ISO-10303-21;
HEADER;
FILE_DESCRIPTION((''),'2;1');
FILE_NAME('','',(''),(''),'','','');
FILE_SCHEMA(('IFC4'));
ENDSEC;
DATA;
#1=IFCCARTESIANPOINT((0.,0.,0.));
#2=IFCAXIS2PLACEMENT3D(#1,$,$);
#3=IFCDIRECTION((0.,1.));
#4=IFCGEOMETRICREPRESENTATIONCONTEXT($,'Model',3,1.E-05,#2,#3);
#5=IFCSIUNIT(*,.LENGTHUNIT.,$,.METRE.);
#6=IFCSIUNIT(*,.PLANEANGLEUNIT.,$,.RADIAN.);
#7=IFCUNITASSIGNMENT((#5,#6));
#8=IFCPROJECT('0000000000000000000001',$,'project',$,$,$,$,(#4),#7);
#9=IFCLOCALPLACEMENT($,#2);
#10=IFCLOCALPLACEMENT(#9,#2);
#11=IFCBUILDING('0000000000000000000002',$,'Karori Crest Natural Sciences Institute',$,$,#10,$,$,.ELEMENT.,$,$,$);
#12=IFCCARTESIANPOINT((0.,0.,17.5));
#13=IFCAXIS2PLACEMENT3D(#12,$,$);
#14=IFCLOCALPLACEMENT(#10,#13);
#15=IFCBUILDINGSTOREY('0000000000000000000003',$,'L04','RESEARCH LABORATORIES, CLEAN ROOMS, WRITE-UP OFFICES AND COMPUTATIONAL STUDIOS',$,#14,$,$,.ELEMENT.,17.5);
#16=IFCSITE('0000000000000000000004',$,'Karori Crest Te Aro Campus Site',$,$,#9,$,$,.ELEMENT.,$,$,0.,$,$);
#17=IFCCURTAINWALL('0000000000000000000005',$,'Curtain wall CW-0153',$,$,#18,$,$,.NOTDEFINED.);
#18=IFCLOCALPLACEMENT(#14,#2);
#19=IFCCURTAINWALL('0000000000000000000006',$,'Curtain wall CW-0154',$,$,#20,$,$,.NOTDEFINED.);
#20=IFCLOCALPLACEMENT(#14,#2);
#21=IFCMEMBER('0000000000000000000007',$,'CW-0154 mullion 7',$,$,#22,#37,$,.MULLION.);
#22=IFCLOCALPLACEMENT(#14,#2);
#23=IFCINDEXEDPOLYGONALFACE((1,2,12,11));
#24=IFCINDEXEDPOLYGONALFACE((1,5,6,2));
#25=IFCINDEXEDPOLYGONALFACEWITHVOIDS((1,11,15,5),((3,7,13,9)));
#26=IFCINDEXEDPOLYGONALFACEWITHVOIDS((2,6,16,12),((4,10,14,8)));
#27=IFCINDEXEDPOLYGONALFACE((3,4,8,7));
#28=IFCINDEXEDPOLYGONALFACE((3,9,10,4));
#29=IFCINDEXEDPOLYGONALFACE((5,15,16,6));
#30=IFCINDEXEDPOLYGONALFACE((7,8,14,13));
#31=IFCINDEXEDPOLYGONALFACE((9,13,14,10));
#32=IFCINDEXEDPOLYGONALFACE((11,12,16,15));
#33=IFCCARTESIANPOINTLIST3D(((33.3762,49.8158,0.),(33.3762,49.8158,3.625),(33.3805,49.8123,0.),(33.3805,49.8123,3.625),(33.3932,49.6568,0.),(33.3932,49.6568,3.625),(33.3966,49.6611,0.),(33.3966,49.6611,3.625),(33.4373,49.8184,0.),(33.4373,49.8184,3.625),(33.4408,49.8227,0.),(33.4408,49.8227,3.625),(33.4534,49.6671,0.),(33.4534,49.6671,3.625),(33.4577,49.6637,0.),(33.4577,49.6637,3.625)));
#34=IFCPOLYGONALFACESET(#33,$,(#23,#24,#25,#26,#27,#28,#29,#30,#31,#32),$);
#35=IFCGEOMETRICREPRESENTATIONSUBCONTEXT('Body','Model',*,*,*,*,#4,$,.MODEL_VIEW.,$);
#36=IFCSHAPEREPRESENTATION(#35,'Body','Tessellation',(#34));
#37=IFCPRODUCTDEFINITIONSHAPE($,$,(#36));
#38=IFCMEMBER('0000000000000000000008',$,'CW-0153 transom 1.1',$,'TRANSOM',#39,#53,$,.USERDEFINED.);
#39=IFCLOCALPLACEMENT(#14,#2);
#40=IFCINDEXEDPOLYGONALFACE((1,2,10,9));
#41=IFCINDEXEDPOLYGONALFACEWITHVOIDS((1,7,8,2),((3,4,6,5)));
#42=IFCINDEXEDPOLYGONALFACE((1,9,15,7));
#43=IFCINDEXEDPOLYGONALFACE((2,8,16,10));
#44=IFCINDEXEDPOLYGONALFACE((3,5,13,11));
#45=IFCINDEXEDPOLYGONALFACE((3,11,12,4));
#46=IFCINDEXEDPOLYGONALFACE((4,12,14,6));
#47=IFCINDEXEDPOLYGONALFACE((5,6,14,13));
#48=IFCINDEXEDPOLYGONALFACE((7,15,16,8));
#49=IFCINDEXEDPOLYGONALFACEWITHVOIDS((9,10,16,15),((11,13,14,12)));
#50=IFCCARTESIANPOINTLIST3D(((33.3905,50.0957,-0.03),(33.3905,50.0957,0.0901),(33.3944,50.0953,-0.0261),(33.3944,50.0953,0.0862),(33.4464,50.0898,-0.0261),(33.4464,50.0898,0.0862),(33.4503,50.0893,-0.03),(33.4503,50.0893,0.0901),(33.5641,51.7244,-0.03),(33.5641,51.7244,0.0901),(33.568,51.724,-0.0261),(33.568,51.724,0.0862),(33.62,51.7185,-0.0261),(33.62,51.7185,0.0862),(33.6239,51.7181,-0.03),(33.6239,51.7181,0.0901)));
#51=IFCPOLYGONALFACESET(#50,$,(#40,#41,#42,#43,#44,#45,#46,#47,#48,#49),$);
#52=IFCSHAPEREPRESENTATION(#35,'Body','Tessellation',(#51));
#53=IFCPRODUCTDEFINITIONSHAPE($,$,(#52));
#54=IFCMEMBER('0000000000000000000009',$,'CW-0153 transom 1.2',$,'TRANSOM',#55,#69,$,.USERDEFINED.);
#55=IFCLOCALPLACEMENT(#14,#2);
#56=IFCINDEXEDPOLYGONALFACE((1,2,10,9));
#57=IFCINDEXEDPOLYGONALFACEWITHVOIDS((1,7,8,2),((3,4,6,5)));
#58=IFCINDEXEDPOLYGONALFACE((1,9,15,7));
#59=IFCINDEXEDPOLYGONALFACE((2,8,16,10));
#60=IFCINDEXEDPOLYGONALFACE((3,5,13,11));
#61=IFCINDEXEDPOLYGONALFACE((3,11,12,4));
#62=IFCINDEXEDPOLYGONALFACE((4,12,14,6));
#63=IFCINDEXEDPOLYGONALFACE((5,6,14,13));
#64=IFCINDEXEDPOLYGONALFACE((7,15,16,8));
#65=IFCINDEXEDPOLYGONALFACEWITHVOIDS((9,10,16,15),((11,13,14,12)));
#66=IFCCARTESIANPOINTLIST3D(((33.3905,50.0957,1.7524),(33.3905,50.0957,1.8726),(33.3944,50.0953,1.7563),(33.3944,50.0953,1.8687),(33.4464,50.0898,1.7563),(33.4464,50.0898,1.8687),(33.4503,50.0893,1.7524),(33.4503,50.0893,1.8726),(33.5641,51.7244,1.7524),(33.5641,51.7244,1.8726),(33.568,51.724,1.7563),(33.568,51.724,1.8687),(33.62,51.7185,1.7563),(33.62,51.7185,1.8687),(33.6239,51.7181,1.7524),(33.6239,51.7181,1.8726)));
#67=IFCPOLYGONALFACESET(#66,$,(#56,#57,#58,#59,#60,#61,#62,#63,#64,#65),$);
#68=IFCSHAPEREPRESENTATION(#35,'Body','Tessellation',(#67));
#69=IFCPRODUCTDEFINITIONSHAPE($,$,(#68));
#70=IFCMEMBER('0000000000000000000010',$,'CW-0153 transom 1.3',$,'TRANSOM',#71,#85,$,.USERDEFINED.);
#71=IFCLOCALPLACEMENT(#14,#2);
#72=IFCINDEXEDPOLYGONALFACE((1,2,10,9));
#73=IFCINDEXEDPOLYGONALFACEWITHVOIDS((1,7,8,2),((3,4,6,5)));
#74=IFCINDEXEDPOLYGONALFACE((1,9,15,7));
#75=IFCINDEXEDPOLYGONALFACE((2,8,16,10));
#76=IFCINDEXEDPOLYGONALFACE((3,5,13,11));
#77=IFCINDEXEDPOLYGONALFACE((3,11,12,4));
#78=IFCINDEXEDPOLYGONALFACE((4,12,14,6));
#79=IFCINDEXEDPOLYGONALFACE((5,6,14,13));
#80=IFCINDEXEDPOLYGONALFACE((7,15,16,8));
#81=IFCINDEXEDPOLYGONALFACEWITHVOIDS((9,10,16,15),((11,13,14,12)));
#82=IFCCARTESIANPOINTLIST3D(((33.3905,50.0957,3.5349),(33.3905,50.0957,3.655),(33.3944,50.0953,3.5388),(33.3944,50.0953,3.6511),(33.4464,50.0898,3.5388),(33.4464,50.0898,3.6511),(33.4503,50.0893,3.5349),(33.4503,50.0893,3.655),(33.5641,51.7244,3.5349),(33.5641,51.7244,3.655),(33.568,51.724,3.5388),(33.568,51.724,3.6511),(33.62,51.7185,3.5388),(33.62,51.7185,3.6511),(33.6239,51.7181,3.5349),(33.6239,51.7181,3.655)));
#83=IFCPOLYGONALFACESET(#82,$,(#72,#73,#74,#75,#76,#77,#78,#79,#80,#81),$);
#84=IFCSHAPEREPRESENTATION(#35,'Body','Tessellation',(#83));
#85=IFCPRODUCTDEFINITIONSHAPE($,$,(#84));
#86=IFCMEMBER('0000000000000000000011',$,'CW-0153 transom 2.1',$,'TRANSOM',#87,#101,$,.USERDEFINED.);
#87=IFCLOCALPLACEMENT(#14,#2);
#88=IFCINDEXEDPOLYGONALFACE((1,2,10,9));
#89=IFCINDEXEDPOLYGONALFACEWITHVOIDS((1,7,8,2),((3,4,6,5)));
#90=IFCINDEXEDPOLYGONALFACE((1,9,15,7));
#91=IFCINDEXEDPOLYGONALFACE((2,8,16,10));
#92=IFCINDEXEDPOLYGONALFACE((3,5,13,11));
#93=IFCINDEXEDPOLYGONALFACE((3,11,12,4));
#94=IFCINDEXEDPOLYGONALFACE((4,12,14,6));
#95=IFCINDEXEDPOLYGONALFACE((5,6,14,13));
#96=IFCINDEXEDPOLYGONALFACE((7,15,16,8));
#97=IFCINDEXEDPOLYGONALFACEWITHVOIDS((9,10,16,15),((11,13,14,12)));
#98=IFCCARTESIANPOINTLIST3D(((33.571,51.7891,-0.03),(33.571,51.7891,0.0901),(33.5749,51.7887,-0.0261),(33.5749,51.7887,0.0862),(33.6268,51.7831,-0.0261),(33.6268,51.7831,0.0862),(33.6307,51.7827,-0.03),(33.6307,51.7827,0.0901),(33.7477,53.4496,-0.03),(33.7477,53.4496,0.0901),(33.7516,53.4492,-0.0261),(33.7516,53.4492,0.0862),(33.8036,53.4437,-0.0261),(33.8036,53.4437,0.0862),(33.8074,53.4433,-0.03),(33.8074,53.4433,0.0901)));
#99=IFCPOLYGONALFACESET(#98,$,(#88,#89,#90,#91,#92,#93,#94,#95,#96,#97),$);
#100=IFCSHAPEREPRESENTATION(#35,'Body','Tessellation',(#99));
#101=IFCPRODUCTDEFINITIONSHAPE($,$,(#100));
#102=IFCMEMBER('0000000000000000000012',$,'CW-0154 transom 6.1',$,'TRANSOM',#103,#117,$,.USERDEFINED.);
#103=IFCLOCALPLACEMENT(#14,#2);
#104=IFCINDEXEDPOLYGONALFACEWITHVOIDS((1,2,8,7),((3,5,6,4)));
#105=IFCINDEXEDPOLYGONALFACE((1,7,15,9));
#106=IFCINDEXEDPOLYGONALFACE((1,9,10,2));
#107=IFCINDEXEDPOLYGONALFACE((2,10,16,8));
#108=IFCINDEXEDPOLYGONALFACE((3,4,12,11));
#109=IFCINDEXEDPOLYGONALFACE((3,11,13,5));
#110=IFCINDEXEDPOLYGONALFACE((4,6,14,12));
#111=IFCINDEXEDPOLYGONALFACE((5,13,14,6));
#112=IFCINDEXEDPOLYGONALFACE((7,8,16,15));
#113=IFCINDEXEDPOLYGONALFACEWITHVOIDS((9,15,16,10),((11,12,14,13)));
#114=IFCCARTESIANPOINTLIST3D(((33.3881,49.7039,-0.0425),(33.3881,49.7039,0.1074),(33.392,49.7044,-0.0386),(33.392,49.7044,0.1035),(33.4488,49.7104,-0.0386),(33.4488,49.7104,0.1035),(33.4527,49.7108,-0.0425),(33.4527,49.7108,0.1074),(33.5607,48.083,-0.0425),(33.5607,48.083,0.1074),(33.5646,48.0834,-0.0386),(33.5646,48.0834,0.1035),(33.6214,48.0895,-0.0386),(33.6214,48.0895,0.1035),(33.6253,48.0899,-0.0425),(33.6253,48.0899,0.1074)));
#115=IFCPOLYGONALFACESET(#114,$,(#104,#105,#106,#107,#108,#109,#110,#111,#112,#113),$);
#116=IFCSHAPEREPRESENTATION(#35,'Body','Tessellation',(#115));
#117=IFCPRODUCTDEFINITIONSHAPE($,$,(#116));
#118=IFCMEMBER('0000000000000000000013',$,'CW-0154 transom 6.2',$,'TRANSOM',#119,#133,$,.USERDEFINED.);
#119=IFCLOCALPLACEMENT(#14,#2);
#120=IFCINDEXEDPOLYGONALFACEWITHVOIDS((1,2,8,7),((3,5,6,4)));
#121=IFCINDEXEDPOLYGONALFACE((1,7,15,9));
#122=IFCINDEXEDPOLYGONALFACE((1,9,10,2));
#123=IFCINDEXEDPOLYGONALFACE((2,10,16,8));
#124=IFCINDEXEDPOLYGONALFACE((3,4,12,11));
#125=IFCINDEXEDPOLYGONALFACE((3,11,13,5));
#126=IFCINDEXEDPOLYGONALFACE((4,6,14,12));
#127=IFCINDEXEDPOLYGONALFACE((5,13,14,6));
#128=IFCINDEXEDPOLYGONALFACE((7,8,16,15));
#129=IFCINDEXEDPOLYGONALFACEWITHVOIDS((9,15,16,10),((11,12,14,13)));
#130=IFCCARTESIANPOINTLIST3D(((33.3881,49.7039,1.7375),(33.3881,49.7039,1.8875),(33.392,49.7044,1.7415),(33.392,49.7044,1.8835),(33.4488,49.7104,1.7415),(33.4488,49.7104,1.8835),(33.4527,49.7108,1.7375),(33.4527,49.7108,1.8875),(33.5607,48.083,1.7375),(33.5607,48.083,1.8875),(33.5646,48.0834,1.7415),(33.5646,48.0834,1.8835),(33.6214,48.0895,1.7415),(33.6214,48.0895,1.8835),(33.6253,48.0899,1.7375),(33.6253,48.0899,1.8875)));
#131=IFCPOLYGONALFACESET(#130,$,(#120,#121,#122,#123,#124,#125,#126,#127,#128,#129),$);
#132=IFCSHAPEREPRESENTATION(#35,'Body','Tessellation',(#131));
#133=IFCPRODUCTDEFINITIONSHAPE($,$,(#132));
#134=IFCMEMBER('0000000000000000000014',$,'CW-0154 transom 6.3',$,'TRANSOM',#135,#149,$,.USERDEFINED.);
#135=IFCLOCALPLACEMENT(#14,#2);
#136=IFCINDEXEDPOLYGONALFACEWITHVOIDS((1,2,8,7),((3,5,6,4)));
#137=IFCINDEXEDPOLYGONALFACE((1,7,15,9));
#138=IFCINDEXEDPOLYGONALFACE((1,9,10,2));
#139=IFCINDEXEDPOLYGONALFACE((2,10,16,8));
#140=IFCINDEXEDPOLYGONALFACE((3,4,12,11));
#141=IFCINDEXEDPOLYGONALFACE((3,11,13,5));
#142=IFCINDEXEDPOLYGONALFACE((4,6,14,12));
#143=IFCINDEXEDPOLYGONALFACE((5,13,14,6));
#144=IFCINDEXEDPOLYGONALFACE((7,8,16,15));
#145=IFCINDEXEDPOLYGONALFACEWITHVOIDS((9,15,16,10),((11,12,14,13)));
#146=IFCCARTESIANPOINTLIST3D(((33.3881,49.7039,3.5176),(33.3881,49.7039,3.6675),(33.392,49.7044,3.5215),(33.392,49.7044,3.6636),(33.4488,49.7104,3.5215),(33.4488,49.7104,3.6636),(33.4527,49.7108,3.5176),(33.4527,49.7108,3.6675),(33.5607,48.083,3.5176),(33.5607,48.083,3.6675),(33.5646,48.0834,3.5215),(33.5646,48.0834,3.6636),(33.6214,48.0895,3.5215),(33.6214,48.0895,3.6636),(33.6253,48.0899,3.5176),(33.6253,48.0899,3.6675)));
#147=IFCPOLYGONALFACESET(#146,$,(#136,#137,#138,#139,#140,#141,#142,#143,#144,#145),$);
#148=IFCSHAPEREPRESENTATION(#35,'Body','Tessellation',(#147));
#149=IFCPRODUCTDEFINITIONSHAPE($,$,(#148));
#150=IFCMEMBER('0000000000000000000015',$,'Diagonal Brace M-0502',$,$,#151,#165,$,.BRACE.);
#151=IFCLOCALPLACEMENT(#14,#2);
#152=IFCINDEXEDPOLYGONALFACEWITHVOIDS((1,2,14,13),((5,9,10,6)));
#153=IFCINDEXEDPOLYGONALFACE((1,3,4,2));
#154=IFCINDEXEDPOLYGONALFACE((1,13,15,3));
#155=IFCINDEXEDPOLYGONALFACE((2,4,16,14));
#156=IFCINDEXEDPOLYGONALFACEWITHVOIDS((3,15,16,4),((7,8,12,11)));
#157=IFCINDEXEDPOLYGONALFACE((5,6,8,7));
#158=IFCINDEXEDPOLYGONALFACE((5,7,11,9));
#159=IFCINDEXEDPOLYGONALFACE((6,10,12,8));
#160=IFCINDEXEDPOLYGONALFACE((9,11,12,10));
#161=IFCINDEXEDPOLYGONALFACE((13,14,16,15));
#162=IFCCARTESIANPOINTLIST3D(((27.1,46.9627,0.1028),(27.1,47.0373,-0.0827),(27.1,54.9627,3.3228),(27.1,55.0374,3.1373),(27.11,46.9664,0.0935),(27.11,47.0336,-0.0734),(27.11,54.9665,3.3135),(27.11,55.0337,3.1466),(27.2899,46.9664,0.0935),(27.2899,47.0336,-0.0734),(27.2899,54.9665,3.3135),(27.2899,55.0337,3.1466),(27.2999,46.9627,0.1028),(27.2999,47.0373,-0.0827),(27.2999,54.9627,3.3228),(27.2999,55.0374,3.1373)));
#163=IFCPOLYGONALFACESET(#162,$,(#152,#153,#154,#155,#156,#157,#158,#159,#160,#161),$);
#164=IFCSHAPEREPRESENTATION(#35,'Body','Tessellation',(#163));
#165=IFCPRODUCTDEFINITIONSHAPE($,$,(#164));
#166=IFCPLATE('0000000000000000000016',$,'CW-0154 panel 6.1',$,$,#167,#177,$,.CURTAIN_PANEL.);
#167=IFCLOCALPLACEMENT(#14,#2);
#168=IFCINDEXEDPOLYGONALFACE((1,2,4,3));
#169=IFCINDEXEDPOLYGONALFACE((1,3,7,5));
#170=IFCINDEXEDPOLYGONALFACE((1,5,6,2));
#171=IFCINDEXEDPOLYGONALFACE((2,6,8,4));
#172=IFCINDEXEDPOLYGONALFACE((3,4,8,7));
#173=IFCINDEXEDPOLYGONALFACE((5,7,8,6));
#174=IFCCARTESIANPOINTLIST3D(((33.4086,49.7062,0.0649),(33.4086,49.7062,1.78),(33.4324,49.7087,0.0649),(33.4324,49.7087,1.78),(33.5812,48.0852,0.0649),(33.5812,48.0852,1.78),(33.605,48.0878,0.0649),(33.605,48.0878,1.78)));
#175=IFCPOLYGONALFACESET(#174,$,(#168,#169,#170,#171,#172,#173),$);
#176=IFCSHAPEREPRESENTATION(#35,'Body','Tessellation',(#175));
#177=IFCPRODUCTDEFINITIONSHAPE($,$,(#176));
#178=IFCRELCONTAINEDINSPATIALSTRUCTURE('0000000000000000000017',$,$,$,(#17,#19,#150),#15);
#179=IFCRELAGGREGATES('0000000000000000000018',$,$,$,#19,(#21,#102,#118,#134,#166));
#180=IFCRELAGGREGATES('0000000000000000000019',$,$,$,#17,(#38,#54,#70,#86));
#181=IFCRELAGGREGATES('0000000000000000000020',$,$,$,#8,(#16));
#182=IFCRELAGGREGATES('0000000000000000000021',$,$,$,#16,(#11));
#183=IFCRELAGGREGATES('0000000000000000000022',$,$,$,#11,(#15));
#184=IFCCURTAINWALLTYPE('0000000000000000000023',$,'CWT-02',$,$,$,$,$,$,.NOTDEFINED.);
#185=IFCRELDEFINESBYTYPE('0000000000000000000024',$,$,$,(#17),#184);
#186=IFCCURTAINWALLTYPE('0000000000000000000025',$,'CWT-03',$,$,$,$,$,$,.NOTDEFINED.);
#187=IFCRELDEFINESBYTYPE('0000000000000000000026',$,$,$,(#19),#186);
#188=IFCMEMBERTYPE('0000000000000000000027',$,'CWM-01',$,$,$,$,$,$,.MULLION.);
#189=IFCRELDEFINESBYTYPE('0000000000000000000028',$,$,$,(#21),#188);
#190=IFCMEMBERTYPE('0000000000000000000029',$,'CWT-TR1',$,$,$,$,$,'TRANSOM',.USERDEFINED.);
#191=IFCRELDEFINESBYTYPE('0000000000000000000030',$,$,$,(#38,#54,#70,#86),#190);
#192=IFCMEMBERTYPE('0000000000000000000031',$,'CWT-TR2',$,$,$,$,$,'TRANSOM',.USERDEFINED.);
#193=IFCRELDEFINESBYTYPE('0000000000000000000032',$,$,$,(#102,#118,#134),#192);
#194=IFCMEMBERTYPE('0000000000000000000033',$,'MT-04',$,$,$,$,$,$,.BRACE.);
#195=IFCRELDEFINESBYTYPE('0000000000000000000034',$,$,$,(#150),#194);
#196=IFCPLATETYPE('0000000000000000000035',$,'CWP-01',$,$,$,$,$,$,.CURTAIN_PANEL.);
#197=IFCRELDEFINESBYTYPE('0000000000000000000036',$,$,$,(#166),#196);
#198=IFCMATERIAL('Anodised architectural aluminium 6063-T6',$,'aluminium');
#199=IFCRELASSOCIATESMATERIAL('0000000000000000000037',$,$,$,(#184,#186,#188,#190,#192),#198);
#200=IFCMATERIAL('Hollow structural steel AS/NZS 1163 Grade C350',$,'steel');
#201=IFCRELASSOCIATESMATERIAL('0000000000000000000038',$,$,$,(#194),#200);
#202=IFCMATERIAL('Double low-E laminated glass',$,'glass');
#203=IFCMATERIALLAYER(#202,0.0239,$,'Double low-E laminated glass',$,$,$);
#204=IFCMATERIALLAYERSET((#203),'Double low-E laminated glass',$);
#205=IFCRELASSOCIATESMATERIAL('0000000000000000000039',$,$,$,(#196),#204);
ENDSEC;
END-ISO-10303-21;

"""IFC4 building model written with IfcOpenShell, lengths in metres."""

from ifc_helpers import new_model, si_unit, direction, frame, origin, origin_2d, place, context, subcontext, project, spatial, rectangle, hollow_rectangle, extrude, material, layer, layer_set, material_profile, profile_set, type_object, element, aggregate, save


model = new_model("IFC4")

# Units and contexts
model_context = context("Model", 3, precision=1e-05, world=origin(), true_north=direction((0.0, 1.0)))
body_context = subcontext(model_context, "Body", "Model", "MODEL_VIEW")
ifc_project = project(units=[si_unit("LENGTHUNIT", "METRE"), si_unit("PLANEANGLEUNIT", "RADIAN")], contexts=[model_context])

# Site, building, storey
site_placement = place(None, origin())
site = spatial("IfcSite", under=ifc_project, at=site_placement, Name="Karori Crest Te Aro Campus Site", CompositionType="ELEMENT", RefElevation=0.0)
building_placement = place(site_placement, origin())
building = spatial("IfcBuilding", under=site, at=building_placement, Name="Karori Crest Natural Sciences Institute", CompositionType="ELEMENT")
storey_placement = place(building_placement, frame((0.0, 0.0, 17.5)))
storey = spatial("IfcBuildingStorey", under=building, at=storey_placement, Name="L04", Description="RESEARCH LABORATORIES, CLEAN ROOMS, WRITE-UP OFFICES AND COMPUTATIONAL STUDIOS", CompositionType="ELEMENT", Elevation=17.5)

# Shared definitions
ifc_material_1 = material(Name="Hollow structural steel AS/NZS 1163 Grade C350", Category="steel")

# Curtain walls, member
ifc_material_2 = material(Name="Anodised architectural aluminium 6063-T6", Category="aluminium")
curtain_wall_type_1 = type_object("IfcCurtainWallType", Name="CWT-02", PredefinedType="NOTDEFINED", material=ifc_material_2)
curtain_wall_1_placement = place(storey_placement, origin())
curtain_wall_1 = element("IfcCurtainWall", 1, at=curtain_wall_1_placement, inside=storey, type_object=curtain_wall_type_1, Name="Curtain wall CW-0153", PredefinedType="NOTDEFINED")
ifc_material_profile_1 = material_profile(ifc_material_2, hollow_rectangle(XDim=0.0649, YDim=0.1599, WallThickness=0.0039, at=origin_2d()), Name="CWM160x65x4")
ifc_profile_set_1 = profile_set([ifc_material_profile_1], Name="Anodised architectural aluminium 6063-T6")
member_type_1 = type_object("IfcMemberType", Name="CWM-01", PredefinedType="MULLION", material=ifc_profile_set_1)
curtain_wall_type_2 = type_object("IfcCurtainWallType", Name="CWT-03", PredefinedType="NOTDEFINED", material=ifc_material_2)
curtain_wall_2_placement = place(storey_placement, origin())
curtain_wall_2 = element("IfcCurtainWall", 2, at=curtain_wall_2_placement, inside=storey, type_object=curtain_wall_type_2, Name="Curtain wall CW-0154", PredefinedType="NOTDEFINED")
member_1_placement = place(storey_placement, frame((33.417, 49.7397, 0.0), z_axis=(0.0, 0.0, 1.0), x_axis=(-0.994378, -0.105884, 0.0)))
member_1 = element("IfcMember", 3, at=member_1_placement, type_object=member_type_1, Name="CW-0154 mullion 7", PredefinedType="MULLION", context=body_context, shape_type="SweptSolid", body=[
    extrude(hollow_rectangle(XDim=0.0649, YDim=0.1599, WallThickness=0.0039, at=origin_2d()), origin(), (0.0, 0.0, 1.0), 3.625),
])

# Members
ifc_material_profile_2 = material_profile(ifc_material_2, hollow_rectangle(XDim=0.0601, YDim=0.1201, WallThickness=0.0039, at=origin_2d()), Name="CWT120x60x4")
ifc_profile_set_2 = profile_set([ifc_material_profile_2], Name="Anodised architectural aluminium 6063-T6")
member_type_2 = type_object("IfcMemberType", Name="CWT-TR1", ElementType="TRANSOM", PredefinedType="USERDEFINED", material=ifc_profile_set_2)
member_2_placement = place(storey_placement, frame((33.4204, 50.0925, 0.03), z_axis=(0.10598, 0.994368, 0.0), x_axis=(-0.994368, 0.10598, 0.0)))
member_2 = element("IfcMember", 4, at=member_2_placement, type_object=member_type_2, Name="CW-0153 transom 1.1", ObjectType="TRANSOM", PredefinedType="USERDEFINED", context=body_context, shape_type="SweptSolid", body=[
    extrude(hollow_rectangle(XDim=0.0601, YDim=0.1201, WallThickness=0.0039, at=origin_2d()), origin(), (0.0, 0.0, 1.0), 1.6379),
])
member_3_placement = place(storey_placement, frame((33.4204, 50.0925, 1.8125), z_axis=(0.10598, 0.994368, 0.0), x_axis=(-0.994368, 0.10598, 0.0)))
member_3 = element("IfcMember", 5, at=member_3_placement, type_object=member_type_2, Name="CW-0153 transom 1.2", ObjectType="TRANSOM", PredefinedType="USERDEFINED", context=body_context, shape_type="SweptSolid", body=[
    extrude(hollow_rectangle(XDim=0.0601, YDim=0.1201, WallThickness=0.0039, at=origin_2d()), origin(), (0.0, 0.0, 1.0), 1.6379),
])
member_4_placement = place(storey_placement, frame((33.4204, 50.0925, 3.595), z_axis=(0.10598, 0.994368, 0.0), x_axis=(-0.994368, 0.10598, 0.0)))
member_4 = element("IfcMember", 6, at=member_4_placement, type_object=member_type_2, Name="CW-0153 transom 1.3", ObjectType="TRANSOM", PredefinedType="USERDEFINED", context=body_context, shape_type="SweptSolid", body=[
    extrude(hollow_rectangle(XDim=0.0601, YDim=0.1201, WallThickness=0.0039, at=origin_2d()), origin(), (0.0, 0.0, 1.0), 1.6379),
])
member_5_placement = place(storey_placement, frame((33.6008, 51.7859, 0.03), z_axis=(0.105841, 0.994383, 0.0), x_axis=(-0.994383, 0.105841, 0.0)))
member_5 = element("IfcMember", 7, at=member_5_placement, type_object=member_type_2, Name="CW-0153 transom 2.1", ObjectType="TRANSOM", PredefinedType="USERDEFINED", context=body_context, shape_type="SweptSolid", body=[
    extrude(hollow_rectangle(XDim=0.0601, YDim=0.1201, WallThickness=0.0039, at=origin_2d()), origin(), (0.0, 0.0, 1.0), 1.6699),
])
ifc_material_profile_3 = material_profile(ifc_material_2, hollow_rectangle(XDim=0.0649, YDim=0.1499, WallThickness=0.0039, at=origin_2d()), Name="CWT150x65x4")
ifc_profile_set_3 = profile_set([ifc_material_profile_3], Name="Anodised architectural aluminium 6063-T6")
member_type_3 = type_object("IfcMemberType", Name="CWT-TR2", ElementType="TRANSOM", PredefinedType="USERDEFINED", material=ifc_profile_set_3)
member_6_placement = place(storey_placement, frame((33.593, 48.0864, 0.0325), z_axis=(-0.105893, 0.994378, 0.0), x_axis=(-0.994378, -0.105893, 0.0)))
member_6 = element("IfcMember", 8, at=member_6_placement, type_object=member_type_3, Name="CW-0154 transom 6.1", ObjectType="TRANSOM", PredefinedType="USERDEFINED", context=body_context, shape_type="SweptSolid", body=[
    extrude(hollow_rectangle(XDim=0.0649, YDim=0.1499, WallThickness=0.0039, at=origin_2d()), origin(), (0.0, 0.0, 1.0), 1.6301),
])
member_7_placement = place(storey_placement, frame((33.593, 48.0864, 1.8125), z_axis=(-0.105893, 0.994378, 0.0), x_axis=(-0.994378, -0.105893, 0.0)))
member_7 = element("IfcMember", 9, at=member_7_placement, type_object=member_type_3, Name="CW-0154 transom 6.2", ObjectType="TRANSOM", PredefinedType="USERDEFINED", context=body_context, shape_type="SweptSolid", body=[
    extrude(hollow_rectangle(XDim=0.0649, YDim=0.1499, WallThickness=0.0039, at=origin_2d()), origin(), (0.0, 0.0, 1.0), 1.6301),
])
member_8_placement = place(storey_placement, frame((33.593, 48.0864, 3.5925), z_axis=(-0.105893, 0.994378, 0.0), x_axis=(-0.994378, -0.105893, 0.0)))
member_8 = element("IfcMember", 10, at=member_8_placement, type_object=member_type_3, Name="CW-0154 transom 6.3", ObjectType="TRANSOM", PredefinedType="USERDEFINED", context=body_context, shape_type="SweptSolid", body=[
    extrude(hollow_rectangle(XDim=0.0649, YDim=0.1499, WallThickness=0.0039, at=origin_2d()), origin(), (0.0, 0.0, 1.0), 1.6301),
])
ifc_material_profile_4 = material_profile(ifc_material_1, hollow_rectangle(XDim=0.2, YDim=0.2, WallThickness=0.01, at=origin_2d()), Name="SHS200x200x10")
ifc_profile_set_4 = profile_set([ifc_material_profile_4], Name="Hollow structural steel AS/NZS 1163 Grade C350")
member_type_4 = type_object("IfcMemberType", Name="MT-04", PredefinedType="BRACE", material=ifc_profile_set_4)
member_9_placement = place(storey_placement, frame((27.2, 47.0, 0.01), z_axis=(0.0, 0.927676, 0.373386), x_axis=(-1.0, 0.0, 0.0)))
element("IfcMember", 11, at=member_9_placement, inside=storey, type_object=member_type_4, Name="Diagonal Brace M-0502", PredefinedType="BRACE", context=body_context, shape_type="SweptSolid", body=[
    extrude(hollow_rectangle(XDim=0.2, YDim=0.2, WallThickness=0.01, at=origin_2d()), origin(), (0.0, 0.0, 1.0), 8.6238),
])

# Plate
ifc_material_3 = material(Name="Double low-E laminated glass", Category="glass")
ifc_layer_1 = layer(ifc_material_3, 0.0239, Name="Double low-E laminated glass")
ifc_layer_set_1 = layer_set([ifc_layer_1], Name="Double low-E laminated glass")
plate_type_1 = type_object("IfcPlateType", Name="CWP-01", PredefinedType="CURTAIN_PANEL", material=ifc_layer_set_1)
plate_1_placement = place(storey_placement, frame((33.5068, 48.897, 0.0649), z_axis=(0.0, 0.0, 1.0), x_axis=(-0.105884, 0.994378, 0.0)))
plate_1 = element("IfcPlate", 12, at=plate_1_placement, type_object=plate_type_1, Name="CW-0154 panel 6.1", PredefinedType="CURTAIN_PANEL", context=body_context, shape_type="SweptSolid", body=[
    extrude(rectangle(XDim=1.6301, YDim=0.0239, at=origin_2d()), origin(), (0.0, 0.0, 1.0), 1.7151),
])
aggregate(curtain_wall_2, [member_1, member_6, member_7, member_8, plate_1])
aggregate(curtain_wall_1, [member_2, member_3, member_4, member_5])

save(model, "model.ifc")
